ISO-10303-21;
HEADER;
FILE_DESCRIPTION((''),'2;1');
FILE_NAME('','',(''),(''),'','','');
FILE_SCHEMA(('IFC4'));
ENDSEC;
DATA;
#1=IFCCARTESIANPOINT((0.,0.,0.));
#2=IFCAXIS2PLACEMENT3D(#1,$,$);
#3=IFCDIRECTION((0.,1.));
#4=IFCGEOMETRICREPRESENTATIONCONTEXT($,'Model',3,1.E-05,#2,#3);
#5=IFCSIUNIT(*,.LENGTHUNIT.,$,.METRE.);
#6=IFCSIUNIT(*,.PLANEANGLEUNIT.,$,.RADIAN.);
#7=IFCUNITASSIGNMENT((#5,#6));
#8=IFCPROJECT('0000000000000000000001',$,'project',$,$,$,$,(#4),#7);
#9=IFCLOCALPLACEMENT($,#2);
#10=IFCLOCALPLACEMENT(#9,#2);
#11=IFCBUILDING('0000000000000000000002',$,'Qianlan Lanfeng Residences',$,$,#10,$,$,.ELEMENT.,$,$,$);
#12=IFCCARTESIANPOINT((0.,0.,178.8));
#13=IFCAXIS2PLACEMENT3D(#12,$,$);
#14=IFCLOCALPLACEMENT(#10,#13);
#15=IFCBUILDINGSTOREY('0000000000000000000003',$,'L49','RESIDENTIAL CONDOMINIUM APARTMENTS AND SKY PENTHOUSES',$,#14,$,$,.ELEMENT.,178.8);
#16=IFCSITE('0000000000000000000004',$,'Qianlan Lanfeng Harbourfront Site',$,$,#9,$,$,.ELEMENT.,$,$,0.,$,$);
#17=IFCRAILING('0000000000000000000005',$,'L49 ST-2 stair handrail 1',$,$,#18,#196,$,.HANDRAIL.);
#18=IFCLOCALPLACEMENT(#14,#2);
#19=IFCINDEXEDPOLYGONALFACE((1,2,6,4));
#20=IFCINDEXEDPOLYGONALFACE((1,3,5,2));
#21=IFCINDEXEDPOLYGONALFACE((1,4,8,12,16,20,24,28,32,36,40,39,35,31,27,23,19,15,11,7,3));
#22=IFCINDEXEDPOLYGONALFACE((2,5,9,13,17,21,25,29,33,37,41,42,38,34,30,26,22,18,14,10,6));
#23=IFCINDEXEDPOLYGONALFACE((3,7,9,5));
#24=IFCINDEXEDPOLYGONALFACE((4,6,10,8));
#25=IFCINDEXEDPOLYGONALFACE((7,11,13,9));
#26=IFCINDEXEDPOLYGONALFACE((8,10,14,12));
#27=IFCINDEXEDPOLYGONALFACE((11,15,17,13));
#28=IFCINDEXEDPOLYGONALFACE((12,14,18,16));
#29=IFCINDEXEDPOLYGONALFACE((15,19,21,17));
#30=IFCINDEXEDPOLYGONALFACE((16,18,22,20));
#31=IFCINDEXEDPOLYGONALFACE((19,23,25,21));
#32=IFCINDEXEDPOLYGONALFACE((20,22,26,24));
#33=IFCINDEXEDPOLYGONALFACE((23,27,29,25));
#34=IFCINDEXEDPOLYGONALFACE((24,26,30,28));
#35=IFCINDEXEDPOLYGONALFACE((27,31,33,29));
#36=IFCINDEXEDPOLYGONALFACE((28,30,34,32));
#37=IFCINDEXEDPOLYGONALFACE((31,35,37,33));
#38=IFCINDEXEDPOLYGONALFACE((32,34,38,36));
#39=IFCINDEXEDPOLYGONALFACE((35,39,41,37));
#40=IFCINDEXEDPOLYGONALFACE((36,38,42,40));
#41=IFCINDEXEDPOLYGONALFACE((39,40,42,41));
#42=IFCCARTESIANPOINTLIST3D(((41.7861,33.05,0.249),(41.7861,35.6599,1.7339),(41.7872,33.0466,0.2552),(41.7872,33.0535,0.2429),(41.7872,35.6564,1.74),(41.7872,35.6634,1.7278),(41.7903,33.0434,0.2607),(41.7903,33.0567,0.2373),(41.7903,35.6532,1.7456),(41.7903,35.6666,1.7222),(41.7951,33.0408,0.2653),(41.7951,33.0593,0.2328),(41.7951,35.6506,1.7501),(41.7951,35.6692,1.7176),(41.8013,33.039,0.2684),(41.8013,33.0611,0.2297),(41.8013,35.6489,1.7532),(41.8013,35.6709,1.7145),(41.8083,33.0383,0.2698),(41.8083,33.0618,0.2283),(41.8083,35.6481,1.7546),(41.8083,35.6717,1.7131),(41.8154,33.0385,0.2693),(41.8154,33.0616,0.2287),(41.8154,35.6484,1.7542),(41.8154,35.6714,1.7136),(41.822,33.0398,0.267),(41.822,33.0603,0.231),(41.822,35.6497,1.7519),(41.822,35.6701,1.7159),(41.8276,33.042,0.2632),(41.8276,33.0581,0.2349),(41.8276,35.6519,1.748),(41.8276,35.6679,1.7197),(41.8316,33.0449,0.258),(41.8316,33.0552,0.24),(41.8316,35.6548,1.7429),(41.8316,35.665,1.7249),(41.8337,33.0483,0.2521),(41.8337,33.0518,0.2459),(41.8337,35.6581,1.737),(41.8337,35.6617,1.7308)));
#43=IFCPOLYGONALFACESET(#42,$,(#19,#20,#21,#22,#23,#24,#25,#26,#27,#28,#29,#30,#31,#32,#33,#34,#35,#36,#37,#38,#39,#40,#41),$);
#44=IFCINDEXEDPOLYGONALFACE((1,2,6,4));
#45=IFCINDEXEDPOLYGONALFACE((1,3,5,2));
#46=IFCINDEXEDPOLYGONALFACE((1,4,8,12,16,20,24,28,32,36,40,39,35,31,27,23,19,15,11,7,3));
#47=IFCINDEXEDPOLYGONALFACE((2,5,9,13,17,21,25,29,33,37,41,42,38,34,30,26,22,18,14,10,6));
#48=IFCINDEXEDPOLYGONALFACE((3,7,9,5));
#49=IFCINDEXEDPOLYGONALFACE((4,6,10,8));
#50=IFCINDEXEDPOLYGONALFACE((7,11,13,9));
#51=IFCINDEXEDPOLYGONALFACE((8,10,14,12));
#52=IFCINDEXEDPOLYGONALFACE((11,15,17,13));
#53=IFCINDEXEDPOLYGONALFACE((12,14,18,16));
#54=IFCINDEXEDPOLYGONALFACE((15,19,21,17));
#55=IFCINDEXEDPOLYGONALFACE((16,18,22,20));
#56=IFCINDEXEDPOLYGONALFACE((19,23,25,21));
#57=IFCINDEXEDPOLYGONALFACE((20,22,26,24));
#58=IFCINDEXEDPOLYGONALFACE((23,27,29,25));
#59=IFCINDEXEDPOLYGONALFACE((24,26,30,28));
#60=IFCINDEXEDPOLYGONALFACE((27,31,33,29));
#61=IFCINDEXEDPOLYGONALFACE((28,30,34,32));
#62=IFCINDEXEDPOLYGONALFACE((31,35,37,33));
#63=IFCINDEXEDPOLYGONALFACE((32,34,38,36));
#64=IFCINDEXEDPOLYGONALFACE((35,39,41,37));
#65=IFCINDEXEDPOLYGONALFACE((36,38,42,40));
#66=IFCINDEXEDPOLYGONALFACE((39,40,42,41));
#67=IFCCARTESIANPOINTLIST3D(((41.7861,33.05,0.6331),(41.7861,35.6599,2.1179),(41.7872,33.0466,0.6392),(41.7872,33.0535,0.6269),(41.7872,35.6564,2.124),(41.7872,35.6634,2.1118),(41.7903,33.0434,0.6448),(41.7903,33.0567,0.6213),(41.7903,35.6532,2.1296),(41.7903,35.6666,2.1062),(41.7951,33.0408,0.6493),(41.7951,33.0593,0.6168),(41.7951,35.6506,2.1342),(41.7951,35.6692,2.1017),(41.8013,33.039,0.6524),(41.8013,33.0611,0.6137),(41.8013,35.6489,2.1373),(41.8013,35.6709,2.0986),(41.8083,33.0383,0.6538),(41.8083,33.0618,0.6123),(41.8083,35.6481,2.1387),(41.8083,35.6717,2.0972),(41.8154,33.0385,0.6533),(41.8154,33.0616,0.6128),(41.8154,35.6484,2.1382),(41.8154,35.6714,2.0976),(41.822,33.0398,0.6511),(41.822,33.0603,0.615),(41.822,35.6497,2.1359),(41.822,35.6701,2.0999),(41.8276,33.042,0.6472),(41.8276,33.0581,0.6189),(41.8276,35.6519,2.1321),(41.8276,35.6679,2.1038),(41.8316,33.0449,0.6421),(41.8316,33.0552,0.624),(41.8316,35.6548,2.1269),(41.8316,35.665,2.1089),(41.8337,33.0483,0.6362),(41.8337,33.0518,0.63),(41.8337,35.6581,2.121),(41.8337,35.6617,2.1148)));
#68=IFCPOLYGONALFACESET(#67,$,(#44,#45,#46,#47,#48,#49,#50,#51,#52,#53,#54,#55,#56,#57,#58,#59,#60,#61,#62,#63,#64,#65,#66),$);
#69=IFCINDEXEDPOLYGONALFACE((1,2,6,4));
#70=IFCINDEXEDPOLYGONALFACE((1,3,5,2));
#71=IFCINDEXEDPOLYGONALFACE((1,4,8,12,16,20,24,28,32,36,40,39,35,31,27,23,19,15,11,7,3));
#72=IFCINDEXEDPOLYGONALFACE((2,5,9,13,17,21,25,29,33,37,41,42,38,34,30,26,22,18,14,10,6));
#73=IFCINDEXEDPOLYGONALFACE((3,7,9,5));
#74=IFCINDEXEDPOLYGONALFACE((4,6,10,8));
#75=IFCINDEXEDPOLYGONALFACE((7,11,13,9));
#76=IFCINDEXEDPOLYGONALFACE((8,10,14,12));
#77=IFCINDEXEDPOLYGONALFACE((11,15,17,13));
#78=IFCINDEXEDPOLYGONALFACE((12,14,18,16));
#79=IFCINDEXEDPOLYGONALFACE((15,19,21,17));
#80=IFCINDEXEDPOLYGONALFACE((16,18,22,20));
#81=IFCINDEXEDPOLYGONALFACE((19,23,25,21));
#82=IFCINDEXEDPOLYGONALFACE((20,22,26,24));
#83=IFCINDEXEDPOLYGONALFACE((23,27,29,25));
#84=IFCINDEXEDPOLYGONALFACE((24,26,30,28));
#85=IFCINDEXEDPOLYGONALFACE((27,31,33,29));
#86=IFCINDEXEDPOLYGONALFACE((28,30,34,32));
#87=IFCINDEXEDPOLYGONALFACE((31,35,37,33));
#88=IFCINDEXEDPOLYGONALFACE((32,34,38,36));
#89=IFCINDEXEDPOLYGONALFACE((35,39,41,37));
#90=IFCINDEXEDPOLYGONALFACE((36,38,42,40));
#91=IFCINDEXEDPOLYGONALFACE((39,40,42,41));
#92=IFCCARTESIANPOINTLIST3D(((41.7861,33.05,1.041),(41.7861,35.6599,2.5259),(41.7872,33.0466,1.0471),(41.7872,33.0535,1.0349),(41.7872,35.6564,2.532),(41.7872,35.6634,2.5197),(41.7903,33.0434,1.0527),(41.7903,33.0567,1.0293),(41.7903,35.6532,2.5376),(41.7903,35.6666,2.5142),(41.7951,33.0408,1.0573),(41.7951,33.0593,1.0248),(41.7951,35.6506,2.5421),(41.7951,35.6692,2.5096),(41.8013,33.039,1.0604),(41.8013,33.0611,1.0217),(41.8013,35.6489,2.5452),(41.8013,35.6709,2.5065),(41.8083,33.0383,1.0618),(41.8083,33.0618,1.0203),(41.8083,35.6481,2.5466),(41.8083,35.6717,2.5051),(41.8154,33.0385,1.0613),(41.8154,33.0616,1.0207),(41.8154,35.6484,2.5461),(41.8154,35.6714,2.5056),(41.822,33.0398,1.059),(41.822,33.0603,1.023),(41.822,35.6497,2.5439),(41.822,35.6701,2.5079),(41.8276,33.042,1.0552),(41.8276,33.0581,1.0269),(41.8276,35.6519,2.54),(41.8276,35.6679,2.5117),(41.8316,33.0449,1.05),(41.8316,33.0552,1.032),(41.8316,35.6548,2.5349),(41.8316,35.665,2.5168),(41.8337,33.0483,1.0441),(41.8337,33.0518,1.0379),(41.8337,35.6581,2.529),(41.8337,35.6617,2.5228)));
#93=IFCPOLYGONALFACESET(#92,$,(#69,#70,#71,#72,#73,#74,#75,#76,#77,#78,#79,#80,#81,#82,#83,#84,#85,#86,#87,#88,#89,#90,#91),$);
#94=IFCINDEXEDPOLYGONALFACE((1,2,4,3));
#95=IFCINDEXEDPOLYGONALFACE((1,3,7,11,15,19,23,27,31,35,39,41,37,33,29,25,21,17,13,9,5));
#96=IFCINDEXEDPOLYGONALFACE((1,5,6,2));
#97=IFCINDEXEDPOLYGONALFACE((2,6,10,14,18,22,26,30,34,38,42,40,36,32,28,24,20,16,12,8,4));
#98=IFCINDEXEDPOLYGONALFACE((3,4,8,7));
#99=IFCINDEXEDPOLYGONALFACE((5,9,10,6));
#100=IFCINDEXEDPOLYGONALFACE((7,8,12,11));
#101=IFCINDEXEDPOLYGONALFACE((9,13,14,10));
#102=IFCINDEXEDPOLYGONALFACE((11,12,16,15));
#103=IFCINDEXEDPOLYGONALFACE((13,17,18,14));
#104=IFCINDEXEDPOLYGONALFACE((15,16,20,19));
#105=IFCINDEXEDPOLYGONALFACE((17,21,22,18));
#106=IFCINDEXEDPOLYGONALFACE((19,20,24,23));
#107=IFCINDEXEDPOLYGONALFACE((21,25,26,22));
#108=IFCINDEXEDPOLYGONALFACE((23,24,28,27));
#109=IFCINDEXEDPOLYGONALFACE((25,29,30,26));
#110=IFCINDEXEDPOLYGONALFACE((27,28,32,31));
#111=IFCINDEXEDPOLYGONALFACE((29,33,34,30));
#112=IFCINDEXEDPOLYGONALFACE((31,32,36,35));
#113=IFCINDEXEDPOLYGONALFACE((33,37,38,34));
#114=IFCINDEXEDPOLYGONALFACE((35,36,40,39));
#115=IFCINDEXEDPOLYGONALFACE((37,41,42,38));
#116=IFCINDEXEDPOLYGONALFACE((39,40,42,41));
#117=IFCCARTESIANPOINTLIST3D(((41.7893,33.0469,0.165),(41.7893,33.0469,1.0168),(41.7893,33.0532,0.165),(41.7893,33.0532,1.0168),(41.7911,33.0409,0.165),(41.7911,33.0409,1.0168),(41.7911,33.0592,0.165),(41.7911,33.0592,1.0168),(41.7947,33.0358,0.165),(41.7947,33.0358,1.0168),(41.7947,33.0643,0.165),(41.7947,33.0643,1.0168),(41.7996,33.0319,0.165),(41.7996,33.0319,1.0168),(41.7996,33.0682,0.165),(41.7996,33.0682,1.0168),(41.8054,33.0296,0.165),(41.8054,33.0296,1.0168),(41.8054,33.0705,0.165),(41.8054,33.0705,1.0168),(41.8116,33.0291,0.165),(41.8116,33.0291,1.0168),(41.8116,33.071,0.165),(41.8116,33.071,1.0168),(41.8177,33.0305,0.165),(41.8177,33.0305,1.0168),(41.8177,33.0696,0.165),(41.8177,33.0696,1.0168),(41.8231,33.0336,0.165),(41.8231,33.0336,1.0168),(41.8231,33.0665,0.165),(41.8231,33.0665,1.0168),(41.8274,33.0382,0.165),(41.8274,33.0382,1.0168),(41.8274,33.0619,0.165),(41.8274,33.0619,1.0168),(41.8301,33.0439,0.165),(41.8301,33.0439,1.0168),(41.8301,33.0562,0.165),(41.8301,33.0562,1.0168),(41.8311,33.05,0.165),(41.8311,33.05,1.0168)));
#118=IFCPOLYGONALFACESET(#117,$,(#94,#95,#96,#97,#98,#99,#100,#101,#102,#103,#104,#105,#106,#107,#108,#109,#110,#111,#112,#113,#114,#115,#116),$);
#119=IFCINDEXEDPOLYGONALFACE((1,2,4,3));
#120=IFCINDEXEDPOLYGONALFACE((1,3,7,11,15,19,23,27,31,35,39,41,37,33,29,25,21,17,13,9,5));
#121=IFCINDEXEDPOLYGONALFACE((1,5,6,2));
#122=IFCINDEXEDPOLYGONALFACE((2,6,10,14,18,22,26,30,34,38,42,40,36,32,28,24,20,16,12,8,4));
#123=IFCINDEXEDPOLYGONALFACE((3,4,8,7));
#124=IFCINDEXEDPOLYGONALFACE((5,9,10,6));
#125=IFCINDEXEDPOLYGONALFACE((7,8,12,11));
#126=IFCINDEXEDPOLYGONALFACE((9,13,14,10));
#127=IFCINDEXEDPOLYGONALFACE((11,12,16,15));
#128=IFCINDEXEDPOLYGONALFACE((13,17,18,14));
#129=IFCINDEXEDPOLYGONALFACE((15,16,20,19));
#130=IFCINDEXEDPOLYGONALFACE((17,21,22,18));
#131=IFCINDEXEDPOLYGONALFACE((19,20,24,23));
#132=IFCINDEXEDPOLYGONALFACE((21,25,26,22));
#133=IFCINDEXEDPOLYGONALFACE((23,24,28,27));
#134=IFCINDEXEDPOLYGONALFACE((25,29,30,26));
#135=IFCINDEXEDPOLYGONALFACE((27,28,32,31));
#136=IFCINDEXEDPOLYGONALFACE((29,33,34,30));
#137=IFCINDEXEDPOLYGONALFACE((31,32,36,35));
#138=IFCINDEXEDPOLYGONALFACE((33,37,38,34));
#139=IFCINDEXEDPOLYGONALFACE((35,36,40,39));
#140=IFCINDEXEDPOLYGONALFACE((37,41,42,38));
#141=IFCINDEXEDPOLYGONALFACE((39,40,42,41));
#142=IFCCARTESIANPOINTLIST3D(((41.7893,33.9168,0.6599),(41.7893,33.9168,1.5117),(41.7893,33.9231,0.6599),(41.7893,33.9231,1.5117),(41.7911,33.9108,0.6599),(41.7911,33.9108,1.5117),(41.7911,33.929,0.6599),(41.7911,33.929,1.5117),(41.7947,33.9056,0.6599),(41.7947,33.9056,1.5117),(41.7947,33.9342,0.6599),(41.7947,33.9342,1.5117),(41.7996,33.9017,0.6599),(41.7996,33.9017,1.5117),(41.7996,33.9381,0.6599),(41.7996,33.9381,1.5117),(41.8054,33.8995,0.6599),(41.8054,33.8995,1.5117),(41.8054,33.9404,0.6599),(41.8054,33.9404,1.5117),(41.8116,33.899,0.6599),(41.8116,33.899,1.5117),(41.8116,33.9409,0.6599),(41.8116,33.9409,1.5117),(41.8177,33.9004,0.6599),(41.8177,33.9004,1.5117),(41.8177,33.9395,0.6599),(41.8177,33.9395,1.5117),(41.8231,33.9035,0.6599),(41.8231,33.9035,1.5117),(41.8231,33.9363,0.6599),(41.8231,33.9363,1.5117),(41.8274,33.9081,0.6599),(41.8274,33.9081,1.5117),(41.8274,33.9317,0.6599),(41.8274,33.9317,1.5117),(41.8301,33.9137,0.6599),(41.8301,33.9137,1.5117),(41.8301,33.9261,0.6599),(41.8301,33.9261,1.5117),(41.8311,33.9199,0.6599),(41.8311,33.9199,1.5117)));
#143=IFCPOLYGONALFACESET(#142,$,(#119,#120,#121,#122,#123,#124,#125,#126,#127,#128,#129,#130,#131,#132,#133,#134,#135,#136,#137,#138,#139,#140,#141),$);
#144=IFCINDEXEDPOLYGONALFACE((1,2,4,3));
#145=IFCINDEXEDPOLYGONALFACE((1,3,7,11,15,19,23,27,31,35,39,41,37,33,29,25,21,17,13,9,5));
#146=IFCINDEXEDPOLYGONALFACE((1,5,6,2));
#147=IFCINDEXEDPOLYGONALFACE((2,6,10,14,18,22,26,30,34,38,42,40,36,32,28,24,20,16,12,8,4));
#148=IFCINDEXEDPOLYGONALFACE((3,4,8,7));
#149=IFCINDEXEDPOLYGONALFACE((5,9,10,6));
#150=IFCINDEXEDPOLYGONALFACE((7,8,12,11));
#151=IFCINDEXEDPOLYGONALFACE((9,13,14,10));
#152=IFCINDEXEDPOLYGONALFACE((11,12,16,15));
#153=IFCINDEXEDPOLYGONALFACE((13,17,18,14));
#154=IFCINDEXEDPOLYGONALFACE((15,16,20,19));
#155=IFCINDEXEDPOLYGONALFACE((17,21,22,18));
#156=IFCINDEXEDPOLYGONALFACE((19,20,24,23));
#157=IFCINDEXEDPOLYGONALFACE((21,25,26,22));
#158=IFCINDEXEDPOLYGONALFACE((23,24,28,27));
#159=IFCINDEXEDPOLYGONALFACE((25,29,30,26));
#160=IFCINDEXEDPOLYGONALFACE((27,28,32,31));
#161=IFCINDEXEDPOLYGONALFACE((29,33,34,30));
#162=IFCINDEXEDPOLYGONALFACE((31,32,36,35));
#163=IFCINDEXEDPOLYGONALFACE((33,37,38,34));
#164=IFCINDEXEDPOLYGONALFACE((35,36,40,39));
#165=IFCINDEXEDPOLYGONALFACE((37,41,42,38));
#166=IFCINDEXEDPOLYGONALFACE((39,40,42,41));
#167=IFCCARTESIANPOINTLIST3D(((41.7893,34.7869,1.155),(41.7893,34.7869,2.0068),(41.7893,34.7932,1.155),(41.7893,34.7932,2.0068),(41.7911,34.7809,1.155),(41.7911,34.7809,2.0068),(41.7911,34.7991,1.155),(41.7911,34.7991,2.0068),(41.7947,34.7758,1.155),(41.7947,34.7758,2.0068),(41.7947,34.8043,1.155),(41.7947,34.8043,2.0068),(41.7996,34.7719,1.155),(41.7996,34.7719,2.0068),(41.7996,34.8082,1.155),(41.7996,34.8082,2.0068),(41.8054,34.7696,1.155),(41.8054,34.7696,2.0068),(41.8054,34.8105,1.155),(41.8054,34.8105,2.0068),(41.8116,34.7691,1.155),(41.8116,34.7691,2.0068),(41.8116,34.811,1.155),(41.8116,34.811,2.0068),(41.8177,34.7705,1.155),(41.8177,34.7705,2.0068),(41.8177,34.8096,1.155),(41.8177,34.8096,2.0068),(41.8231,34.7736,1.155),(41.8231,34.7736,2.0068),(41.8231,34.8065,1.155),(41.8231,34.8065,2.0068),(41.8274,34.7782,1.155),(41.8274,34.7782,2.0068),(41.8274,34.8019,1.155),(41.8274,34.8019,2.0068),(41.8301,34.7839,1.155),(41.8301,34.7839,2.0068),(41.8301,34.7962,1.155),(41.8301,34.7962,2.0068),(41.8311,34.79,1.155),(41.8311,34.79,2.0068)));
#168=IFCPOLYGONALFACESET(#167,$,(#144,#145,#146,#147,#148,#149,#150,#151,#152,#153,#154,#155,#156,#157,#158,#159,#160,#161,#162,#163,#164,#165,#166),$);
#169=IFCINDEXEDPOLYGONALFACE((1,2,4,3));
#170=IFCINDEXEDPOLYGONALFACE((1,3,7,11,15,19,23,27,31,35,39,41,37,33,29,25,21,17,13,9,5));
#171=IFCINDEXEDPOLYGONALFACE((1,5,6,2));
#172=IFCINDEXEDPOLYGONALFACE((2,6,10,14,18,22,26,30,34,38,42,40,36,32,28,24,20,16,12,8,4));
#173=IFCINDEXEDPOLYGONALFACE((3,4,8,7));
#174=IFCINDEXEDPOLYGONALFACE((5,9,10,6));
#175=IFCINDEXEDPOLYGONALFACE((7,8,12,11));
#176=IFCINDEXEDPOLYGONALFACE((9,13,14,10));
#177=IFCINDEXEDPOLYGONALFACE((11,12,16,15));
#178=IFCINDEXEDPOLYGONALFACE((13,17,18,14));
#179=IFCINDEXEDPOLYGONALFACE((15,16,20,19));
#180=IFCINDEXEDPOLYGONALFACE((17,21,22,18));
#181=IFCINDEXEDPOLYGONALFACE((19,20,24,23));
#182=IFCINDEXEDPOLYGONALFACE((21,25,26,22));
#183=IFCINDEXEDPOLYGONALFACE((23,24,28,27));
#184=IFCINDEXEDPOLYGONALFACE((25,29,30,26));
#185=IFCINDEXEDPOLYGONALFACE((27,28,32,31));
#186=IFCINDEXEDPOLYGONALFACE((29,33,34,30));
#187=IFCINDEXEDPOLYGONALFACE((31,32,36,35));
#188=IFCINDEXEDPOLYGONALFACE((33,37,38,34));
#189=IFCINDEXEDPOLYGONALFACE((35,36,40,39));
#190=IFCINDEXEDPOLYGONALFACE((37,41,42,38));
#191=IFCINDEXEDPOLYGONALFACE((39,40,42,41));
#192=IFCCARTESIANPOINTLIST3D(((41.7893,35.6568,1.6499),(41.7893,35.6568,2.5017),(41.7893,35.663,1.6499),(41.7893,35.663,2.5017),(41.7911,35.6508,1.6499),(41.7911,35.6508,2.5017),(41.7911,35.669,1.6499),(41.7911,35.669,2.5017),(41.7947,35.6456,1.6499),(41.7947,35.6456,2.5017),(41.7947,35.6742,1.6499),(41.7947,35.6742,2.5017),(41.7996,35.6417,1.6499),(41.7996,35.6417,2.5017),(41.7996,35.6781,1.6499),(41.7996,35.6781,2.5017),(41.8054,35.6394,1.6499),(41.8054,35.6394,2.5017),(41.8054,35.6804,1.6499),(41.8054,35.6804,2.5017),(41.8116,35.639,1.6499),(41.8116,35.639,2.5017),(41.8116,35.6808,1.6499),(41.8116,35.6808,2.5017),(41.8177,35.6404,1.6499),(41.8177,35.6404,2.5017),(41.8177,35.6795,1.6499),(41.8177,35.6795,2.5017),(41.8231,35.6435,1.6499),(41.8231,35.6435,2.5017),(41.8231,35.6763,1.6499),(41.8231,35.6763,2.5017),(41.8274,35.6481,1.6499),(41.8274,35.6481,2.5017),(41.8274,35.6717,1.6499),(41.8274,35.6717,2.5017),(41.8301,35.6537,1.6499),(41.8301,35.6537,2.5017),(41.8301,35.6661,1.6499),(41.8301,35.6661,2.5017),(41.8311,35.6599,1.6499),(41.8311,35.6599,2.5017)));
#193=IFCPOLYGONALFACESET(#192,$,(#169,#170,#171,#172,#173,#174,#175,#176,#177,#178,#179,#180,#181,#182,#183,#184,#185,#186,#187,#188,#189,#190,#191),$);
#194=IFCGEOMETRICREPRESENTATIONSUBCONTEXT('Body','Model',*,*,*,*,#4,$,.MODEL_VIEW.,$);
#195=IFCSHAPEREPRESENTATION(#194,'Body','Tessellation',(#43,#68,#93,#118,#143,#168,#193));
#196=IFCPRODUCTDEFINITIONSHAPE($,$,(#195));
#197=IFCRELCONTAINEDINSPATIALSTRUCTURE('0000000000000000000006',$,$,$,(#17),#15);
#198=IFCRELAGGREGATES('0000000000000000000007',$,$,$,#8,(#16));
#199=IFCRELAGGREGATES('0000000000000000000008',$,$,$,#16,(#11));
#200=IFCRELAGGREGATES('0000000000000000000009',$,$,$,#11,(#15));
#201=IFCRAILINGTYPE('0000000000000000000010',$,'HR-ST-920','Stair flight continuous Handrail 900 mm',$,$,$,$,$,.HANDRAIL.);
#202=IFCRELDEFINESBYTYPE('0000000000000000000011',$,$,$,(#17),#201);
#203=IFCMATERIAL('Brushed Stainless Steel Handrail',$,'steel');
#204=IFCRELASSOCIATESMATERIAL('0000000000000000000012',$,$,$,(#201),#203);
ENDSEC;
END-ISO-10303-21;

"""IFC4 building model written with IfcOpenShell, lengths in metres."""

from ifc_helpers import new_model, si_unit, direction, frame, origin, origin_2d, place, context, subcontext, project, spatial, circle, extrude, material, type_object, element, save


model = new_model("IFC4")

# Units and contexts
model_context = context("Model", 3, precision=1e-05, world=origin(), true_north=direction((0.0, 1.0)))
body_context = subcontext(model_context, "Body", "Model", "MODEL_VIEW")
ifc_project = project(units=[si_unit("LENGTHUNIT", "METRE"), si_unit("PLANEANGLEUNIT", "RADIAN")], contexts=[model_context])

# Site, building, storey
site_placement = place(None, origin())
site = spatial("IfcSite", under=ifc_project, at=site_placement, Name="Qianlan Lanfeng Harbourfront Site", CompositionType="ELEMENT", RefElevation=0.0)
building_placement = place(site_placement, origin())
building = spatial("IfcBuilding", under=site, at=building_placement, Name="Qianlan Lanfeng Residences", CompositionType="ELEMENT")
storey_placement = place(building_placement, frame((0.0, 0.0, 178.8)))
storey = spatial("IfcBuildingStorey", under=building, at=storey_placement, Name="L49", Description="RESIDENTIAL CONDOMINIUM APARTMENTS AND SKY PENTHOUSES", CompositionType="ELEMENT", Elevation=178.8)

# Railing
ifc_material_1 = material(Name="Brushed Stainless Steel Handrail", Category="steel")
railing_type_1 = type_object("IfcRailingType", Name="HR-ST-920", Description="Stair flight continuous Handrail 900 mm", PredefinedType="HANDRAIL", material=ifc_material_1)
railing_1_placement = place(storey_placement, frame((41.8101, 33.05, 0.165)))
element("IfcRailing", 1, at=railing_1_placement, inside=storey, type_object=railing_type_1, Name="L49 ST-2 stair handrail 1", PredefinedType="HANDRAIL", context=body_context, shape_type="SweptSolid", body=[
    extrude(circle(Radius=0.0239, at=origin_2d()), frame((0.0, 0.0, 0.084), z_axis=(0.0, 0.869172, 0.494509), x_axis=(-1.0, 0.0, 0.0)), (0.0, 0.0, 1.0), 3.0027),
    extrude(circle(Radius=0.0239, at=origin_2d()), frame((0.0, 0.0, 0.468), z_axis=(0.0, 0.869172, 0.494509), x_axis=(-1.0, 0.0, 0.0)), (0.0, 0.0, 1.0), 3.0027),
    extrude(circle(Radius=0.0239, at=origin_2d()), frame((0.0, 0.0, 0.876), z_axis=(0.0, 0.869172, 0.494509), x_axis=(-1.0, 0.0, 0.0)), (0.0, 0.0, 1.0), 3.0027),
    extrude(circle(Radius=0.021, at=origin_2d()), origin(), (0.0, 0.0, 1.0), 0.8518),
    extrude(circle(Radius=0.021, at=origin_2d()), frame((0.0, 0.8699, 0.4949)), (0.0, 0.0, 1.0), 0.8518),
    extrude(circle(Radius=0.021, at=origin_2d()), frame((0.0, 1.74, 0.99)), (0.0, 0.0, 1.0), 0.8518),
    extrude(circle(Radius=0.021, at=origin_2d()), frame((0.0, 2.6099, 1.4849)), (0.0, 0.0, 1.0), 0.8518),
])

save(model, "model.ifc")
